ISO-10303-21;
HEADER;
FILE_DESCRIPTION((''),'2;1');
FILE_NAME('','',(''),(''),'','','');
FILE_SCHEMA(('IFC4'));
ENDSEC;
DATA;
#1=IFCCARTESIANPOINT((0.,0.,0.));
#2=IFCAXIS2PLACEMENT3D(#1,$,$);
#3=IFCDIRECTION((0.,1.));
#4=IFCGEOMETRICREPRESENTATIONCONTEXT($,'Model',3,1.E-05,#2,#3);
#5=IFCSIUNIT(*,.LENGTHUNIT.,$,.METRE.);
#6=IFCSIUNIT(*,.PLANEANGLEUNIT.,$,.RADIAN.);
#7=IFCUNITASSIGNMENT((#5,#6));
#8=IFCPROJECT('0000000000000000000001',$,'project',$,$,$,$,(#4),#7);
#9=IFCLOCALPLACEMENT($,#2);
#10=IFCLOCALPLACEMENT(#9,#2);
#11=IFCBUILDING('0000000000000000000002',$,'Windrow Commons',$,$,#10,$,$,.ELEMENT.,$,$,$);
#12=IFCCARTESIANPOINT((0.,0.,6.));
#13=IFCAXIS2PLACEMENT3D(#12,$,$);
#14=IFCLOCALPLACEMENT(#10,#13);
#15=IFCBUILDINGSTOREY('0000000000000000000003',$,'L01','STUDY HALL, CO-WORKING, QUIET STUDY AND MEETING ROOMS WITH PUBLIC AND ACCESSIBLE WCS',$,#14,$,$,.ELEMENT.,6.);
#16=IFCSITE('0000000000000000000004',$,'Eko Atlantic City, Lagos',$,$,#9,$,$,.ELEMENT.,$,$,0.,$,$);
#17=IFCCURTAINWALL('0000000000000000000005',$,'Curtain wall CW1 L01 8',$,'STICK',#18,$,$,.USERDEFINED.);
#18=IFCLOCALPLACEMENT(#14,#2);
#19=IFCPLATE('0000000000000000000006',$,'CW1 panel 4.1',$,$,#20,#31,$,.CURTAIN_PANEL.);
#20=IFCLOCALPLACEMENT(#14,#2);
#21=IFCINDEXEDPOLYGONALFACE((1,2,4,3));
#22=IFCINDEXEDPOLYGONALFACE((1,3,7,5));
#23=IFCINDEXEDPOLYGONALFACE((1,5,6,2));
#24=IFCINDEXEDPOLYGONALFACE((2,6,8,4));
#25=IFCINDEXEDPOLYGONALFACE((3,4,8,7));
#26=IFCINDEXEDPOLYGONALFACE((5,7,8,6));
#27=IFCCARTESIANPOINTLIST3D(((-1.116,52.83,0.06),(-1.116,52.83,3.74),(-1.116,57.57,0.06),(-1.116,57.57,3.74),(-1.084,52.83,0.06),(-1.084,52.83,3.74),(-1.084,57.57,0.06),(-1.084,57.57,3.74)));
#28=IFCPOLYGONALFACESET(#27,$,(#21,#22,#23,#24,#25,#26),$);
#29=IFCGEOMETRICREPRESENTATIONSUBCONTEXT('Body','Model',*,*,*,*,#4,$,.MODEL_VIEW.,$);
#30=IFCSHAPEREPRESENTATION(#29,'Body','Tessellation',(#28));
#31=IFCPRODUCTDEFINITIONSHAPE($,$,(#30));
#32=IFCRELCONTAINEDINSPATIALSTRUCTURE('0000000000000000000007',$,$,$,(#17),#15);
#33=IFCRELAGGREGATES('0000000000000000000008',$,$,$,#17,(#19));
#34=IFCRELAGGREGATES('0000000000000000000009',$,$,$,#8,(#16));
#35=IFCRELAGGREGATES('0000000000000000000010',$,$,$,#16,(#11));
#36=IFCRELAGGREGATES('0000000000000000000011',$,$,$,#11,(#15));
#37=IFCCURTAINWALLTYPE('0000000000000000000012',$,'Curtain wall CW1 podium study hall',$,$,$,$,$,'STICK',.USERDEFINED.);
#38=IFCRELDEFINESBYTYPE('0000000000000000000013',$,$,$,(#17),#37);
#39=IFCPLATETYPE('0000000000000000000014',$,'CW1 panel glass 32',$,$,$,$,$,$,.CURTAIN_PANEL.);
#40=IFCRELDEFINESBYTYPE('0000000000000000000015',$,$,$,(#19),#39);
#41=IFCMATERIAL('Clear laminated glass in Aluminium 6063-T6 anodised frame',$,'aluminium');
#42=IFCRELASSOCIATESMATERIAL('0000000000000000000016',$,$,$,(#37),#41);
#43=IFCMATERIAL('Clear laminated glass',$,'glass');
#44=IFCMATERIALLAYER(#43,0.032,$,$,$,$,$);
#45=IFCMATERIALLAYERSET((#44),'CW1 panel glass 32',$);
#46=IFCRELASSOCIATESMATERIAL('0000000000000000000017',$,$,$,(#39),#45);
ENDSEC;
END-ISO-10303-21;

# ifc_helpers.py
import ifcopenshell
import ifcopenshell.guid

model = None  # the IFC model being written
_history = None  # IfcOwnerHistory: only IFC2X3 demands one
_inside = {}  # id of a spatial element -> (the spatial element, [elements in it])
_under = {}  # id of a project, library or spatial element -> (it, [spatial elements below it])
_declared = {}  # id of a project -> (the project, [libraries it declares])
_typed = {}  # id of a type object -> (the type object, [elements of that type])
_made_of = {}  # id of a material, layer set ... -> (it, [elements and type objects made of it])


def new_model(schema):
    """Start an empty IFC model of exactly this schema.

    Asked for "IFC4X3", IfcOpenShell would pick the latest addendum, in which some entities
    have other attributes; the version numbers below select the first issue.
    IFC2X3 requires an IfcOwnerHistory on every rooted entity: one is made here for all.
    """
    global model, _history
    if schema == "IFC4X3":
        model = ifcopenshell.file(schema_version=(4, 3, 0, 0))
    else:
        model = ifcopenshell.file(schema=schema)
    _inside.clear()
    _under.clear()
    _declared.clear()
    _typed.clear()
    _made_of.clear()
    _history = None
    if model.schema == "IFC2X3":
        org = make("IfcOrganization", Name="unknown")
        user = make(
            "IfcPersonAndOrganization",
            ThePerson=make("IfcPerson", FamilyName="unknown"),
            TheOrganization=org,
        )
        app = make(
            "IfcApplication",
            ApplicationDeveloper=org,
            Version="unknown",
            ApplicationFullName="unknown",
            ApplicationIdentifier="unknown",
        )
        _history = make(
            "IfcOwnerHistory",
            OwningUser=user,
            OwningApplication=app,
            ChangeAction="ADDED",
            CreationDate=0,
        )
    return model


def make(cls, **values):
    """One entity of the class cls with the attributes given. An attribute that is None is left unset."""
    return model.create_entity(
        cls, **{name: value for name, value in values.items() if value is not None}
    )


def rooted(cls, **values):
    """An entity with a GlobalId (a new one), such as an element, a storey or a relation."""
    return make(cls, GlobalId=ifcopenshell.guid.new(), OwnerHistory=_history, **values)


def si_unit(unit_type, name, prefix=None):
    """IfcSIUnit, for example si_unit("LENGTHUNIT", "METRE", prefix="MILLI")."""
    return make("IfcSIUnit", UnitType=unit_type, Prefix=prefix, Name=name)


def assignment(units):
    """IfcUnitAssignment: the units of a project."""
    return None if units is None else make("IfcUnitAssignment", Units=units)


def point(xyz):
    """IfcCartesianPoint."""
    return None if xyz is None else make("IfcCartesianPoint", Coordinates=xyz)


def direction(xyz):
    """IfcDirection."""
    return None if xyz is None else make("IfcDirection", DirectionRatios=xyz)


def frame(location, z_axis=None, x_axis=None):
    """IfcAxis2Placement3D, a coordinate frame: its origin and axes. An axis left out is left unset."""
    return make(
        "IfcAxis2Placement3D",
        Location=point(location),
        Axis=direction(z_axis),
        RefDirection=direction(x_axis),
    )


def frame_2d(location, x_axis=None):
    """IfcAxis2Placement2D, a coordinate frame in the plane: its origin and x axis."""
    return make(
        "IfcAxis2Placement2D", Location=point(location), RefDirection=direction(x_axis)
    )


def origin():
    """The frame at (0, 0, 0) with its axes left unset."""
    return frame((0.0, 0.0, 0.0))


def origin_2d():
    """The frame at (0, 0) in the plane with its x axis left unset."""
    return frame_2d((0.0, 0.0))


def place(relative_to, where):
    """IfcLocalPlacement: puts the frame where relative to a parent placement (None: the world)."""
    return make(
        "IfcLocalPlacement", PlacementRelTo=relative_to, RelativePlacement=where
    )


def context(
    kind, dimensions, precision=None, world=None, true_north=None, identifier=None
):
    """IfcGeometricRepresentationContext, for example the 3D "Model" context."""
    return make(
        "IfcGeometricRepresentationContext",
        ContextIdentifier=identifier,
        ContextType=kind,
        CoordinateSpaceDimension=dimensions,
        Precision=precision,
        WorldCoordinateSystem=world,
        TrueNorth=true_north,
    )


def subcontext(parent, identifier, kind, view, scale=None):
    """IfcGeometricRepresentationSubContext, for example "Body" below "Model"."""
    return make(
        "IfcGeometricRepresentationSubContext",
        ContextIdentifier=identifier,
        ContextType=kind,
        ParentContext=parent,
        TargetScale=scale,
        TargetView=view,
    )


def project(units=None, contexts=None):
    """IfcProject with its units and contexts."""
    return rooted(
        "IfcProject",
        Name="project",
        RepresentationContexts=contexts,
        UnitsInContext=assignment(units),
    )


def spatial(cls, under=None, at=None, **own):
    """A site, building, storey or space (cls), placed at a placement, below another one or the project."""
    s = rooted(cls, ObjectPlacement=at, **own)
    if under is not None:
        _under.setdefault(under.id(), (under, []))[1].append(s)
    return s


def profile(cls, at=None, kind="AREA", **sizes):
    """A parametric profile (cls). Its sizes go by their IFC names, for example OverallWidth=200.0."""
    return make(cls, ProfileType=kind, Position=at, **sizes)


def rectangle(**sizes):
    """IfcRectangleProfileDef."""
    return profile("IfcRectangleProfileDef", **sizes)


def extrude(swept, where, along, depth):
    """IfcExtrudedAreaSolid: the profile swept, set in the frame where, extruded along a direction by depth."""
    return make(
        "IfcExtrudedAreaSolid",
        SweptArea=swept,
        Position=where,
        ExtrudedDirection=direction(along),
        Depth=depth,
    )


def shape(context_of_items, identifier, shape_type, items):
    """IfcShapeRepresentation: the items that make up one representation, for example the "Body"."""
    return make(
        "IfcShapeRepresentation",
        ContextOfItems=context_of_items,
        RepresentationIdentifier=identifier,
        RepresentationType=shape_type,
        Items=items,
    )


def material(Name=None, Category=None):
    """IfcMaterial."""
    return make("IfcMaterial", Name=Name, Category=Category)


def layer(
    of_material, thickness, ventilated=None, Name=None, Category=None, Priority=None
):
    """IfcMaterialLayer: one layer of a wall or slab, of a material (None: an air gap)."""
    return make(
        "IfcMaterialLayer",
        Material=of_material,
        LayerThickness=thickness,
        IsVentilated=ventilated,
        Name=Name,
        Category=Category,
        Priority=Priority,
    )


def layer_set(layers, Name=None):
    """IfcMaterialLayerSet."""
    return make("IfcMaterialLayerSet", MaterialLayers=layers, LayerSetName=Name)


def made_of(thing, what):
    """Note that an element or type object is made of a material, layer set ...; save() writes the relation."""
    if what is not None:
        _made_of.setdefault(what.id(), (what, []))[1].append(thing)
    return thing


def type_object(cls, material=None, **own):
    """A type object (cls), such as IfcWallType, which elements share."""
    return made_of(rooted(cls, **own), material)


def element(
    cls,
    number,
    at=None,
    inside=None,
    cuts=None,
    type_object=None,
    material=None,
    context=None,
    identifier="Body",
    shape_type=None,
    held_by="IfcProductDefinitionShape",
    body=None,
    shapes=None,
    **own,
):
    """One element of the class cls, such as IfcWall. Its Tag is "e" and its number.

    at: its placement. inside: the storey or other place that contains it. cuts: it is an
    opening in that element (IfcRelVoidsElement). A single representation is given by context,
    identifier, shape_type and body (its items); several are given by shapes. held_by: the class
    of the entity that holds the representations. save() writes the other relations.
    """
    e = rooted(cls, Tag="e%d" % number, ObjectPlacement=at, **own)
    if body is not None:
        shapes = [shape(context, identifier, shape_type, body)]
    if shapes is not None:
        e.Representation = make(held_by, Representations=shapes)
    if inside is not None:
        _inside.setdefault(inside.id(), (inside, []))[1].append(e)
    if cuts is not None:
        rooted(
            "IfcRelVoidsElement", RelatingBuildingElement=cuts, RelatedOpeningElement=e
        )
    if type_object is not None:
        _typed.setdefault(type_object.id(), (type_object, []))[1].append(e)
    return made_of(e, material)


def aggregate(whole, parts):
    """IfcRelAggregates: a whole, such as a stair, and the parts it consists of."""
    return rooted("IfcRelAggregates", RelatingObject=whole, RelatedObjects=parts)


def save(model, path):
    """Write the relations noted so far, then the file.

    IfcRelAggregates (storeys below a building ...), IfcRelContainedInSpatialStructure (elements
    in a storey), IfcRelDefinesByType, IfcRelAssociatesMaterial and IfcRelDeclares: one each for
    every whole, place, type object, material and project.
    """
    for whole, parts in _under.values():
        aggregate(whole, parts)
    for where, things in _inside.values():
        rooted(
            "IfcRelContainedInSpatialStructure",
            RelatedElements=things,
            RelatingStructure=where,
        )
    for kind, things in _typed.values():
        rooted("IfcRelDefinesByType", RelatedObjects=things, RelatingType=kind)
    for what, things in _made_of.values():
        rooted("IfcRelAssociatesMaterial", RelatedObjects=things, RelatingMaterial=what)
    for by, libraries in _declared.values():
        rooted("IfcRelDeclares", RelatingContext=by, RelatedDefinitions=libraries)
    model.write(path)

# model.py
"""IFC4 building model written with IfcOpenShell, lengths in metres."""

from ifc_helpers import new_model, si_unit, direction, frame, origin, origin_2d, place, context, subcontext, project, spatial, rectangle, extrude, material, layer, layer_set, type_object, element, aggregate, save


model = new_model("IFC4")

# Units and contexts
model_context = context("Model", 3, precision=1e-05, world=origin(), true_north=direction((0.0, 1.0)))
body_context = subcontext(model_context, "Body", "Model", "MODEL_VIEW")
ifc_project = project(units=[si_unit("LENGTHUNIT", "METRE"), si_unit("PLANEANGLEUNIT", "RADIAN")], contexts=[model_context])

# Site, building, storey
site_placement = place(None, origin())
site = spatial("IfcSite", under=ifc_project, at=site_placement, Name="Eko Atlantic City, Lagos", CompositionType="ELEMENT", RefElevation=0.0)
building_placement = place(site_placement, origin())
building = spatial("IfcBuilding", under=site, at=building_placement, Name="Windrow Commons", CompositionType="ELEMENT")
storey_placement = place(building_placement, frame((0.0, 0.0, 6.0)))
storey = spatial("IfcBuildingStorey", under=building, at=storey_placement, Name="L01", Description="STUDY HALL, CO-WORKING, QUIET STUDY AND MEETING ROOMS WITH PUBLIC AND ACCESSIBLE WCS", CompositionType="ELEMENT", Elevation=6.0)

# Curtain wall, plate
ifc_material_1 = material(Name="Clear laminated glass in Aluminium 6063-T6 anodised frame", Category="aluminium")
curtain_wall_type = type_object("IfcCurtainWallType", Name="Curtain wall CW1 podium study hall", ElementType="STICK", PredefinedType="USERDEFINED", material=ifc_material_1)
curtain_wall_placement = place(storey_placement, origin())
curtain_wall = element("IfcCurtainWall", 1, at=curtain_wall_placement, inside=storey, type_object=curtain_wall_type, Name="Curtain wall CW1 L01 8", ObjectType="STICK", PredefinedType="USERDEFINED")
ifc_material_2 = material(Name="Clear laminated glass", Category="glass")
ifc_layer_1 = layer(ifc_material_2, 0.032)
ifc_layer_set_1 = layer_set([ifc_layer_1], Name="CW1 panel glass 32")
plate_type = type_object("IfcPlateType", Name="CW1 panel glass 32", PredefinedType="CURTAIN_PANEL", material=ifc_layer_set_1)
plate_placement = place(storey_placement, frame((-1.1, 55.2, 0.06), z_axis=(0.0, 0.0, 1.0), x_axis=(0.0, -1.0, 0.0)))
plate = element("IfcPlate", 2, at=plate_placement, type_object=plate_type, Name="CW1 panel 4.1", PredefinedType="CURTAIN_PANEL", context=body_context, shape_type="SweptSolid", body=[
    extrude(rectangle(XDim=4.74, YDim=0.032, at=origin_2d()), origin(), (0.0, 0.0, 1.0), 3.68),
])
aggregate(curtain_wall, [plate])

save(model, "model.ifc")
